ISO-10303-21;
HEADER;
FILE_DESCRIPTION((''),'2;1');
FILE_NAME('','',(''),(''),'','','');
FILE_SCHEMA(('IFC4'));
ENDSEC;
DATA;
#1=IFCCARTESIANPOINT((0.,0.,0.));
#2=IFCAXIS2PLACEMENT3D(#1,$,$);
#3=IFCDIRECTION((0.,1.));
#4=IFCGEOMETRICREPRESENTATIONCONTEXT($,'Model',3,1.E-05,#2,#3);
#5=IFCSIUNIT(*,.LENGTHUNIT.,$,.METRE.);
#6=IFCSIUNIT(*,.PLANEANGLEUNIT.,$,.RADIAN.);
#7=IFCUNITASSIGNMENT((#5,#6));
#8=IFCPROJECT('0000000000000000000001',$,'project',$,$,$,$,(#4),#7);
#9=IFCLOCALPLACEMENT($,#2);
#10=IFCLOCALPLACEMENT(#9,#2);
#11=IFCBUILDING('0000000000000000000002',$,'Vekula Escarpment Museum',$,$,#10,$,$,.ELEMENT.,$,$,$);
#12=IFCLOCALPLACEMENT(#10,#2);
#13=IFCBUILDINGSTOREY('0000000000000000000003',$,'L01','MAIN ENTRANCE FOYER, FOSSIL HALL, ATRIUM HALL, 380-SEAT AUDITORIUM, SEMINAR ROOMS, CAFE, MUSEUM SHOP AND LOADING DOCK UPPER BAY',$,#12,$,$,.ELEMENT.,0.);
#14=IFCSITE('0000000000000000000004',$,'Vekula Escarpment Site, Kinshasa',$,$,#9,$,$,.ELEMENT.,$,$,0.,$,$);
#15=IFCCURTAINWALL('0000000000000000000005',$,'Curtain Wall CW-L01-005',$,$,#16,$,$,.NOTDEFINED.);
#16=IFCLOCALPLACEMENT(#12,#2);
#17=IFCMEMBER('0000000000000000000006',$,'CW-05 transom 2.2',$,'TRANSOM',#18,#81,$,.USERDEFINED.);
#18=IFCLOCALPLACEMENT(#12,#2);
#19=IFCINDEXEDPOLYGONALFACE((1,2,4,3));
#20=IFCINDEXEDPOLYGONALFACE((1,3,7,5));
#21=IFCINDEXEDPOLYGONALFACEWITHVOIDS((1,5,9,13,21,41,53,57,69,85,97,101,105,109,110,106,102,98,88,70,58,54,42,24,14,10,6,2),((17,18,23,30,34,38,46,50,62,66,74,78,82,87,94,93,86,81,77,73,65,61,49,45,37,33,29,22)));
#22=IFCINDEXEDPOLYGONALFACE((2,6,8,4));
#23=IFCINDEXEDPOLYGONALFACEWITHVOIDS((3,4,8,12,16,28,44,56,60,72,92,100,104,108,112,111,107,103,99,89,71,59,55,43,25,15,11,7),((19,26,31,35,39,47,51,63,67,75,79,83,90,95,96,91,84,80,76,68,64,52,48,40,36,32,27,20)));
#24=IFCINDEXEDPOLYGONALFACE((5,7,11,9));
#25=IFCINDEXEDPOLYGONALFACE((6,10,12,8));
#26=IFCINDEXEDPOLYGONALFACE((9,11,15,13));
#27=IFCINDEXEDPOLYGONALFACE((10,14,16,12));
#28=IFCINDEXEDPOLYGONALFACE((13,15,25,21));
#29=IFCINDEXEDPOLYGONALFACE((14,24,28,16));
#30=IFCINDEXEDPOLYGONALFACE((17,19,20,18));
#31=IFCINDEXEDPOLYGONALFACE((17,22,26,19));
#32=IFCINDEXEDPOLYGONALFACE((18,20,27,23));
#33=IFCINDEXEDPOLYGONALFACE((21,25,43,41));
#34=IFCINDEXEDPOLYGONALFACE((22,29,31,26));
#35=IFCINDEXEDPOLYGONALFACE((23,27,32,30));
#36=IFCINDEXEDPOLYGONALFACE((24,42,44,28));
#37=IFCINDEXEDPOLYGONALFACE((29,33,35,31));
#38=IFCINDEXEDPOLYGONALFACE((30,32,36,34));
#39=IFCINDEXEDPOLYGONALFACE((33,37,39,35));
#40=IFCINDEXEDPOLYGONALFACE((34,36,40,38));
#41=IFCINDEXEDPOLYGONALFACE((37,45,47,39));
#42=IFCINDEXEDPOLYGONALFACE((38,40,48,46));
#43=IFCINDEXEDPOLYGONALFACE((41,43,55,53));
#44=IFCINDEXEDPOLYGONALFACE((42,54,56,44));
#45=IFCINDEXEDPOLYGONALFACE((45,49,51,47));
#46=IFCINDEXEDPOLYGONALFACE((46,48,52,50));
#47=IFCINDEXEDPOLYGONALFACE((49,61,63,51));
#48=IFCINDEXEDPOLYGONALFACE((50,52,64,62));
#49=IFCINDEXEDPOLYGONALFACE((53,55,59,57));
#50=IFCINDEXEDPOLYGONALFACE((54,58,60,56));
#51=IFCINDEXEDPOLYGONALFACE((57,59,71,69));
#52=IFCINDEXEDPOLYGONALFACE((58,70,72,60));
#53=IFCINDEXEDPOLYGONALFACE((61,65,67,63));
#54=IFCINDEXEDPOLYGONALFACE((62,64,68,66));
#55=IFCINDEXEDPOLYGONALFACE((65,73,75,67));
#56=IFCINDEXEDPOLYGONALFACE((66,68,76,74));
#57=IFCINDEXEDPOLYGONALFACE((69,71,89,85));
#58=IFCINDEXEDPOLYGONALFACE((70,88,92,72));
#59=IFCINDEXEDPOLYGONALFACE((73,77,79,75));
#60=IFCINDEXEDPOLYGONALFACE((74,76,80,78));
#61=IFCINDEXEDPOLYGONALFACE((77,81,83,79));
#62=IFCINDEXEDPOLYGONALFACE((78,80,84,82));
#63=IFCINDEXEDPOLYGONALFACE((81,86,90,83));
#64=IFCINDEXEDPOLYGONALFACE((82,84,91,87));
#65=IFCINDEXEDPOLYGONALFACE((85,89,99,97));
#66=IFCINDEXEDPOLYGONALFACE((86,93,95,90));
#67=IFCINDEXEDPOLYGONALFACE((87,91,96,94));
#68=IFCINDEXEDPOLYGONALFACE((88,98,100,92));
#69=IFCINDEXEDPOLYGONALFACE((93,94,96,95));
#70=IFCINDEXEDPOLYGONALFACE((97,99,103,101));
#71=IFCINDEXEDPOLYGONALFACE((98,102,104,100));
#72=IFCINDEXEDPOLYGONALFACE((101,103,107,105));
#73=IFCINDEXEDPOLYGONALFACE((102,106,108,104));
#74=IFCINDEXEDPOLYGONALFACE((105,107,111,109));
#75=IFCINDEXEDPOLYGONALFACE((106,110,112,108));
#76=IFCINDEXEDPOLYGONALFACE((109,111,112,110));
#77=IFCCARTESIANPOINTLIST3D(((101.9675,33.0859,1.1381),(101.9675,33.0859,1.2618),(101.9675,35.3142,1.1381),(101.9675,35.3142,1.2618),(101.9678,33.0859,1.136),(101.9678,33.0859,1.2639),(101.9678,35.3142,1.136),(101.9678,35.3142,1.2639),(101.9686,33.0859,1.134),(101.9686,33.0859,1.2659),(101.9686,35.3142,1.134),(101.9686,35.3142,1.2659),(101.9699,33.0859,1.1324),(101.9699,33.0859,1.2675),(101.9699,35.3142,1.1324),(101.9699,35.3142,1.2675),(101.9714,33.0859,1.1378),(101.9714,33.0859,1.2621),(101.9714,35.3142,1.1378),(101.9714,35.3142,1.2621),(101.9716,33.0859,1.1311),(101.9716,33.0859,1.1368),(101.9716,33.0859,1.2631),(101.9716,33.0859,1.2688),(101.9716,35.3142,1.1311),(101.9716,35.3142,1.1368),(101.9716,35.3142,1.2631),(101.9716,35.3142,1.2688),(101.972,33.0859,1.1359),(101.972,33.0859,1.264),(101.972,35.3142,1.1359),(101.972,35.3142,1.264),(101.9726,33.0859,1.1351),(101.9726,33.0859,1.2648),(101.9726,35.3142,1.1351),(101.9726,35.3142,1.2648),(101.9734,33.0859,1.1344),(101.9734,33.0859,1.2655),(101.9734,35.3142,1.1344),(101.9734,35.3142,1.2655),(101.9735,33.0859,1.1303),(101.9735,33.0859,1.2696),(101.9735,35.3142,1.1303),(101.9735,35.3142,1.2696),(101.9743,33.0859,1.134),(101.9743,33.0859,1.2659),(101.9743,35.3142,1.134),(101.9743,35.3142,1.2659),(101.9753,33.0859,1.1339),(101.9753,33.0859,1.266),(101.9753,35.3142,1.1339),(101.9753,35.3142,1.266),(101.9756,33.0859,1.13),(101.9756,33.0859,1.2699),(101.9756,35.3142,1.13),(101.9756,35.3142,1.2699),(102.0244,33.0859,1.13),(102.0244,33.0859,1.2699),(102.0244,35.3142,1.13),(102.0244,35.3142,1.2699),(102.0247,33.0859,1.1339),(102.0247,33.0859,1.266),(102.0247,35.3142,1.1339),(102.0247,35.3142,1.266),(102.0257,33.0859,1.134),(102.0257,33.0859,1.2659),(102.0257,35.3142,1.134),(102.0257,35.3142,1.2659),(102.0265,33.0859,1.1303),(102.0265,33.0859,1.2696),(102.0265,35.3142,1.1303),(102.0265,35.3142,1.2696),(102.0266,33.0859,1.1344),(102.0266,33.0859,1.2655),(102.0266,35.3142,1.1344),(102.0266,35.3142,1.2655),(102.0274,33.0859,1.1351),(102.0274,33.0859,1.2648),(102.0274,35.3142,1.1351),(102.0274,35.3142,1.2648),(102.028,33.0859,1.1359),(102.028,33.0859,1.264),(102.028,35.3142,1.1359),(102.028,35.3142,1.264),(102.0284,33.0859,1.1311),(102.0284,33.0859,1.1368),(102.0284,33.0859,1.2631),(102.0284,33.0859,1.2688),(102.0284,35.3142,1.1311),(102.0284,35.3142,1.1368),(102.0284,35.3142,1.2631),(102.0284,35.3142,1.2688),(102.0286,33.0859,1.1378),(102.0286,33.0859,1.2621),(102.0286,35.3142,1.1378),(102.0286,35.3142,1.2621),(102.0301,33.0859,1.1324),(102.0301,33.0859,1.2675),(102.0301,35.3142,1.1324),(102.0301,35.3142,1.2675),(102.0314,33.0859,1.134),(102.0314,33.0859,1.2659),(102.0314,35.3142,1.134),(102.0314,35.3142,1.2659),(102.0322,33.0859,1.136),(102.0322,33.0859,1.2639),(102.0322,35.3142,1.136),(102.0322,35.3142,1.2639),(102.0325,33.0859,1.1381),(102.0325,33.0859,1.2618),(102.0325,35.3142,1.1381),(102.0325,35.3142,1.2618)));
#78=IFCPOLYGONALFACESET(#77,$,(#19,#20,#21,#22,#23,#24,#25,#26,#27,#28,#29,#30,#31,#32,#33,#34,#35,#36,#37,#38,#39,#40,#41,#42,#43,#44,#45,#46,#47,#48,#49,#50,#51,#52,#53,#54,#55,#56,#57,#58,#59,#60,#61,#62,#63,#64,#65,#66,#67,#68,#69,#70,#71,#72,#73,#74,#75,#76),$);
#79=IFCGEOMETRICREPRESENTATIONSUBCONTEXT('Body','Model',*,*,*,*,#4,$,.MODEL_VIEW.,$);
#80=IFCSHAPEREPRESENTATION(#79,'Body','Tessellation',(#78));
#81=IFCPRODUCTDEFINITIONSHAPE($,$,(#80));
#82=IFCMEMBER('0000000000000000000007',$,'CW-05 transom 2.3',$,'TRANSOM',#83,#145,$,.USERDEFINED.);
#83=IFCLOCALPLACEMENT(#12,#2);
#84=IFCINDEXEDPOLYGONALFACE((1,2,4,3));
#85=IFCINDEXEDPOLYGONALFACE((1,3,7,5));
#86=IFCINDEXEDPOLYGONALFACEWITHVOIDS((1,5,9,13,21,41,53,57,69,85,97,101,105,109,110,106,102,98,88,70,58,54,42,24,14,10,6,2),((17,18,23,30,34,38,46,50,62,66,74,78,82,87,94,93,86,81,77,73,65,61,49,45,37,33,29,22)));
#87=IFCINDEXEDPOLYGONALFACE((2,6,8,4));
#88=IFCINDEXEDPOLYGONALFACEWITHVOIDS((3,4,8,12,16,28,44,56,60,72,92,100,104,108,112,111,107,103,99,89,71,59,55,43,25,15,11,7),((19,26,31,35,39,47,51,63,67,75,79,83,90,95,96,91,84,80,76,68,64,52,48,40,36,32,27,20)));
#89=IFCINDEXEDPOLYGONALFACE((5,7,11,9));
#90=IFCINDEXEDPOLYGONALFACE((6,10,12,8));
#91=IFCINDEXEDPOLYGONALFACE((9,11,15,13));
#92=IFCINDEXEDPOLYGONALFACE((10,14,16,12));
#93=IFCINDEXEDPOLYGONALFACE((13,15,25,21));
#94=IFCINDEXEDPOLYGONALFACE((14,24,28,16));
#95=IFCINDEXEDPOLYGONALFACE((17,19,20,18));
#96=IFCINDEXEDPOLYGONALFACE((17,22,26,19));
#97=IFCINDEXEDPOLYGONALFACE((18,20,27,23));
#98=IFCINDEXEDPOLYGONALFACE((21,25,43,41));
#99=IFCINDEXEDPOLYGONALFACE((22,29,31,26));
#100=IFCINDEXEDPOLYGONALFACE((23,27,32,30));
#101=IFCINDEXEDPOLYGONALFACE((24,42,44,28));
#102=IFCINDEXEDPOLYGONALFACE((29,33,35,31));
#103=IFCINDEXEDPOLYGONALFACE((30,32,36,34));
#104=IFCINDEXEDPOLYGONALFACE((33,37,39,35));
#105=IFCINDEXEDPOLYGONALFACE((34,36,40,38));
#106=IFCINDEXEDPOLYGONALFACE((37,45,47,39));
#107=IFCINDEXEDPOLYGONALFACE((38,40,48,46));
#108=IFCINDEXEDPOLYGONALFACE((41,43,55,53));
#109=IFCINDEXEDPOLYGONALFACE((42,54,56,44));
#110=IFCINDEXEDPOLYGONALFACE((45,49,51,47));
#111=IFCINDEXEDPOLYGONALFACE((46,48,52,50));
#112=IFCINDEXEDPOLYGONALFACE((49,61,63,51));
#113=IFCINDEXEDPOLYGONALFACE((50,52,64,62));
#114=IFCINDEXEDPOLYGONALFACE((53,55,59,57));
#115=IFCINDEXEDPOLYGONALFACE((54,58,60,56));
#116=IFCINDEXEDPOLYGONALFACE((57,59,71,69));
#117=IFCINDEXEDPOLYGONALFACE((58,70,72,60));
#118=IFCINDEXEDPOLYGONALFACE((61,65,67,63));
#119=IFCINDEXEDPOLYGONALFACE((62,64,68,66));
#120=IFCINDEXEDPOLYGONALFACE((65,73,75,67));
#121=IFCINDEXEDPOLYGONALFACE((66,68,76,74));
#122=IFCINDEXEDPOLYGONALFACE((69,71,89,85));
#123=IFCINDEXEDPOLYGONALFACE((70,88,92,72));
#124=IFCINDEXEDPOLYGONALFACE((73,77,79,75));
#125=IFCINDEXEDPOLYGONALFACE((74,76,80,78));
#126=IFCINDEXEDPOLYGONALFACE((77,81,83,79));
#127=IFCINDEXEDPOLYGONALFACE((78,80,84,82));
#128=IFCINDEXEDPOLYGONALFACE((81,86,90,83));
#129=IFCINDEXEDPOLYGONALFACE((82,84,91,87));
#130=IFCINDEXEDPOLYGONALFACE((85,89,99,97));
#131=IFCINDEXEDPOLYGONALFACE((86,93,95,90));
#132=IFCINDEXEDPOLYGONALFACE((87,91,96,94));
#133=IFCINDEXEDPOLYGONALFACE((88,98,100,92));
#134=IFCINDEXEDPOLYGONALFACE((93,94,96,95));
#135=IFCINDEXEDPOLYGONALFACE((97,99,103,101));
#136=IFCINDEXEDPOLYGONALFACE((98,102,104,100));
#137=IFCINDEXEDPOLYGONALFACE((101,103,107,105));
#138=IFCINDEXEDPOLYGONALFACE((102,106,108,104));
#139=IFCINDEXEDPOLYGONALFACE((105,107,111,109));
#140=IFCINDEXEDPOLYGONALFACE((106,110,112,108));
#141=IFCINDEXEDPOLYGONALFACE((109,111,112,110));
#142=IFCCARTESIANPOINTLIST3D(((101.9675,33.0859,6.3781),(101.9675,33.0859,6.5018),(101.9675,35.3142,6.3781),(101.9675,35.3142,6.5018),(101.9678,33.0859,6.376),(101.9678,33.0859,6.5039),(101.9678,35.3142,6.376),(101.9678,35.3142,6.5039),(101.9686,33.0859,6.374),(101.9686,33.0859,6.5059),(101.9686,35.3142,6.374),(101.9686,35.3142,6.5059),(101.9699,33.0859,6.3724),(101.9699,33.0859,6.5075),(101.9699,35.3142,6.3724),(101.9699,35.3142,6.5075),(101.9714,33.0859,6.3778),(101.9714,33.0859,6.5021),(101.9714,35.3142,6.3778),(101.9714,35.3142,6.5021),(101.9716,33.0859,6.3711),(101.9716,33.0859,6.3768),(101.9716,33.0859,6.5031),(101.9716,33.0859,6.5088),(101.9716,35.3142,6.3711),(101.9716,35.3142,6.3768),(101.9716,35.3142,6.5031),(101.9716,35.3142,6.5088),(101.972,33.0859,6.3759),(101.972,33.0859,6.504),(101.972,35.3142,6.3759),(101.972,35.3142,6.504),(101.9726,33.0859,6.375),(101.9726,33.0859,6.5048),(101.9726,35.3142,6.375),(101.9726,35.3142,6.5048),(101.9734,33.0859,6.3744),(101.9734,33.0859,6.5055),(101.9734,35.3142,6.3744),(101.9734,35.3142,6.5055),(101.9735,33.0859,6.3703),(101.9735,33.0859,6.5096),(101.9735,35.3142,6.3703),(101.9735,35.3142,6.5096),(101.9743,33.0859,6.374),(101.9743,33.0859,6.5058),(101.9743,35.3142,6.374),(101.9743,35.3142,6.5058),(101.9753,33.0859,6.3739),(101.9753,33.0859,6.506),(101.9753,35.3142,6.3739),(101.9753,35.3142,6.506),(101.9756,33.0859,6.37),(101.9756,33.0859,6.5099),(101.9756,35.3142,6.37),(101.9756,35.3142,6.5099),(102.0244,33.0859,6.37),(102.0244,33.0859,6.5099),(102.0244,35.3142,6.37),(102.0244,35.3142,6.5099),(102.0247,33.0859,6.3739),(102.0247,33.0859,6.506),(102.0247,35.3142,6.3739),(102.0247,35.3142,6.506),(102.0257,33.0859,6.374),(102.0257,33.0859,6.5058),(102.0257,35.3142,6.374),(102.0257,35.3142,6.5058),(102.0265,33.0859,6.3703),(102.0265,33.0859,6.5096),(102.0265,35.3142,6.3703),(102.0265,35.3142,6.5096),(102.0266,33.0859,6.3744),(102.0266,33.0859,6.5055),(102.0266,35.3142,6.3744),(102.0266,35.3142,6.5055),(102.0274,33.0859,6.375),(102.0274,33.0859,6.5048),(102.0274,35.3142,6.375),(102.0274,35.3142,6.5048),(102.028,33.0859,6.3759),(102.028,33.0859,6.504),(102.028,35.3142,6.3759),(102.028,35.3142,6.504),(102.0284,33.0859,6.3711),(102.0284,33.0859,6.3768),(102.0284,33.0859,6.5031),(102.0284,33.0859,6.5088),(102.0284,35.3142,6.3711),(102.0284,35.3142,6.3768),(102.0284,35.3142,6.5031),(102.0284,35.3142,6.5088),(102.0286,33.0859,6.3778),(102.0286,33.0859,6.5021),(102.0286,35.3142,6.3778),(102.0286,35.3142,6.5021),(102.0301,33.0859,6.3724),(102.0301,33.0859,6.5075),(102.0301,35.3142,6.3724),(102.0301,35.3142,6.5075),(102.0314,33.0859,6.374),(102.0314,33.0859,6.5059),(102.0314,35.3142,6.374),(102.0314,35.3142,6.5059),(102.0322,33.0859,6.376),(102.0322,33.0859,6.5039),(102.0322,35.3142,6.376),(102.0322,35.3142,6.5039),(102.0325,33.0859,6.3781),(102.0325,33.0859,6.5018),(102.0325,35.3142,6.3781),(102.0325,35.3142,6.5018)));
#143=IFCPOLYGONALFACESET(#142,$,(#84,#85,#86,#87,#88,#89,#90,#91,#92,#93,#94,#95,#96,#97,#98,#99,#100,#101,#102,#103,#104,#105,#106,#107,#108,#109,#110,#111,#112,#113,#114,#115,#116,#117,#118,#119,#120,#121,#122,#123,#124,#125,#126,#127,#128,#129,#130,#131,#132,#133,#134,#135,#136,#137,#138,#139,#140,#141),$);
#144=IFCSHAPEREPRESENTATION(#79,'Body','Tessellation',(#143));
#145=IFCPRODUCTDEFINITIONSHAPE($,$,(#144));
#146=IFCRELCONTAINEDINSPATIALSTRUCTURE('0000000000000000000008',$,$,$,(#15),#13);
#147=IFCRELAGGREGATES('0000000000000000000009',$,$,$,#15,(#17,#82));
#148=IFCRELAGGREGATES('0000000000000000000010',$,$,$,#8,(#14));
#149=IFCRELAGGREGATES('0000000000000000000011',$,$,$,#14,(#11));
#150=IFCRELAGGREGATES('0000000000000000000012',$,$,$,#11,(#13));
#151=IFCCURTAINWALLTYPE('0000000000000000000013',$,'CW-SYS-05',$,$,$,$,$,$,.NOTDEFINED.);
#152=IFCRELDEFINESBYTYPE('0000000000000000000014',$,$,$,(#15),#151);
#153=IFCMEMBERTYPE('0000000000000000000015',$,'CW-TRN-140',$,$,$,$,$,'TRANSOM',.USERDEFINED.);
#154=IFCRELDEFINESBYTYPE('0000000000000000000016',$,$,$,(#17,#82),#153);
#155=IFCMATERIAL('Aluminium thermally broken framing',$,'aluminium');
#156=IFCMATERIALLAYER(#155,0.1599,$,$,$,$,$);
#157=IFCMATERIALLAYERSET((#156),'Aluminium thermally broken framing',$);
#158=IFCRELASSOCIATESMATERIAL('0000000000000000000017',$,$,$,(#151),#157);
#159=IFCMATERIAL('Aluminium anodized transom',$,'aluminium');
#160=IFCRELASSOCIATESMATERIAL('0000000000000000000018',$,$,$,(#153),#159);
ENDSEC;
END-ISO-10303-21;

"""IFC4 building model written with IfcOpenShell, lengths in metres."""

from ifc_helpers import new_model, si_unit, direction, frame, origin, origin_2d, place, context, subcontext, project, spatial, hollow_rectangle, extrude, material, layer, layer_set, material_profile, profile_set, type_object, element, aggregate, save


model = new_model("IFC4")

# Units and contexts
model_context = context("Model", 3, precision=1e-05, world=origin(), true_north=direction((0.0, 1.0)))
body_context = subcontext(model_context, "Body", "Model", "MODEL_VIEW")
ifc_project = project(units=[si_unit("LENGTHUNIT", "METRE"), si_unit("PLANEANGLEUNIT", "RADIAN")], contexts=[model_context])

# Site, building, storey
site_placement = place(None, origin())
site = spatial("IfcSite", under=ifc_project, at=site_placement, Name="Vekula Escarpment Site, Kinshasa", CompositionType="ELEMENT", RefElevation=0.0)
building_placement = place(site_placement, origin())
building = spatial("IfcBuilding", under=site, at=building_placement, Name="Vekula Escarpment Museum", CompositionType="ELEMENT")
storey_placement = place(building_placement, origin())
storey = spatial("IfcBuildingStorey", under=building, at=storey_placement, Name="L01", Description="MAIN ENTRANCE FOYER, FOSSIL HALL, ATRIUM HALL, 380-SEAT AUDITORIUM, SEMINAR ROOMS, CAFE, MUSEUM SHOP AND LOADING DOCK UPPER BAY", CompositionType="ELEMENT", Elevation=0.0)

# Curtain wall, members
ifc_material_1 = material(Name="Aluminium thermally broken framing", Category="aluminium")
ifc_layer_1 = layer(ifc_material_1, 0.1599)
ifc_layer_set_1 = layer_set([ifc_layer_1], Name="Aluminium thermally broken framing")
curtain_wall_type = type_object("IfcCurtainWallType", Name="CW-SYS-05", PredefinedType="NOTDEFINED", material=ifc_layer_set_1)
curtain_wall_placement = place(storey_placement, origin())
curtain_wall = element("IfcCurtainWall", 1, at=curtain_wall_placement, inside=storey, type_object=curtain_wall_type, Name="Curtain Wall CW-L01-005", PredefinedType="NOTDEFINED")
ifc_material_2 = material(Name="Aluminium anodized transom", Category="aluminium")
ifc_material_profile_1 = material_profile(ifc_material_2, hollow_rectangle(XDim=0.0649, YDim=0.1399, WallThickness=0.0039, InnerFilletRadius=0.0039, OuterFilletRadius=0.0081, at=origin_2d()), Name="ALU 140x65x4")
ifc_profile_set_1 = profile_set([ifc_material_profile_1], Name="Aluminium anodized transom")
member_type_1 = type_object("IfcMemberType", Name="CW-TRN-140", ElementType="TRANSOM", PredefinedType="USERDEFINED", material=ifc_profile_set_1)
member_1_placement = place(storey_placement, frame((102.0, 33.0859, 1.2), z_axis=(0.0, 1.0, 0.0), x_axis=(-1.0, 0.0, 0.0)))
member_1 = element("IfcMember", 2, at=member_1_placement, type_object=member_type_1, Name="CW-05 transom 2.2", ObjectType="TRANSOM", PredefinedType="USERDEFINED", context=body_context, shape_type="SweptSolid", body=[
    extrude(hollow_rectangle(XDim=0.0649, YDim=0.1399, WallThickness=0.0039, InnerFilletRadius=0.0039, OuterFilletRadius=0.0081, at=origin_2d()), origin(), (0.0, 0.0, 1.0), 2.2283),
])
member_2_placement = place(storey_placement, frame((102.0, 33.0859, 6.4399), z_axis=(0.0, 1.0, 0.0), x_axis=(-1.0, 0.0, 0.0)))
member_2 = element("IfcMember", 3, at=member_2_placement, type_object=member_type_1, Name="CW-05 transom 2.3", ObjectType="TRANSOM", PredefinedType="USERDEFINED", context=body_context, shape_type="SweptSolid", body=[
    extrude(hollow_rectangle(XDim=0.0649, YDim=0.1399, WallThickness=0.0039, InnerFilletRadius=0.0039, OuterFilletRadius=0.0081, at=origin_2d()), origin(), (0.0, 0.0, 1.0), 2.2283),
])

aggregate(curtain_wall, [member_1, member_2])

save(model, "model.ifc")
